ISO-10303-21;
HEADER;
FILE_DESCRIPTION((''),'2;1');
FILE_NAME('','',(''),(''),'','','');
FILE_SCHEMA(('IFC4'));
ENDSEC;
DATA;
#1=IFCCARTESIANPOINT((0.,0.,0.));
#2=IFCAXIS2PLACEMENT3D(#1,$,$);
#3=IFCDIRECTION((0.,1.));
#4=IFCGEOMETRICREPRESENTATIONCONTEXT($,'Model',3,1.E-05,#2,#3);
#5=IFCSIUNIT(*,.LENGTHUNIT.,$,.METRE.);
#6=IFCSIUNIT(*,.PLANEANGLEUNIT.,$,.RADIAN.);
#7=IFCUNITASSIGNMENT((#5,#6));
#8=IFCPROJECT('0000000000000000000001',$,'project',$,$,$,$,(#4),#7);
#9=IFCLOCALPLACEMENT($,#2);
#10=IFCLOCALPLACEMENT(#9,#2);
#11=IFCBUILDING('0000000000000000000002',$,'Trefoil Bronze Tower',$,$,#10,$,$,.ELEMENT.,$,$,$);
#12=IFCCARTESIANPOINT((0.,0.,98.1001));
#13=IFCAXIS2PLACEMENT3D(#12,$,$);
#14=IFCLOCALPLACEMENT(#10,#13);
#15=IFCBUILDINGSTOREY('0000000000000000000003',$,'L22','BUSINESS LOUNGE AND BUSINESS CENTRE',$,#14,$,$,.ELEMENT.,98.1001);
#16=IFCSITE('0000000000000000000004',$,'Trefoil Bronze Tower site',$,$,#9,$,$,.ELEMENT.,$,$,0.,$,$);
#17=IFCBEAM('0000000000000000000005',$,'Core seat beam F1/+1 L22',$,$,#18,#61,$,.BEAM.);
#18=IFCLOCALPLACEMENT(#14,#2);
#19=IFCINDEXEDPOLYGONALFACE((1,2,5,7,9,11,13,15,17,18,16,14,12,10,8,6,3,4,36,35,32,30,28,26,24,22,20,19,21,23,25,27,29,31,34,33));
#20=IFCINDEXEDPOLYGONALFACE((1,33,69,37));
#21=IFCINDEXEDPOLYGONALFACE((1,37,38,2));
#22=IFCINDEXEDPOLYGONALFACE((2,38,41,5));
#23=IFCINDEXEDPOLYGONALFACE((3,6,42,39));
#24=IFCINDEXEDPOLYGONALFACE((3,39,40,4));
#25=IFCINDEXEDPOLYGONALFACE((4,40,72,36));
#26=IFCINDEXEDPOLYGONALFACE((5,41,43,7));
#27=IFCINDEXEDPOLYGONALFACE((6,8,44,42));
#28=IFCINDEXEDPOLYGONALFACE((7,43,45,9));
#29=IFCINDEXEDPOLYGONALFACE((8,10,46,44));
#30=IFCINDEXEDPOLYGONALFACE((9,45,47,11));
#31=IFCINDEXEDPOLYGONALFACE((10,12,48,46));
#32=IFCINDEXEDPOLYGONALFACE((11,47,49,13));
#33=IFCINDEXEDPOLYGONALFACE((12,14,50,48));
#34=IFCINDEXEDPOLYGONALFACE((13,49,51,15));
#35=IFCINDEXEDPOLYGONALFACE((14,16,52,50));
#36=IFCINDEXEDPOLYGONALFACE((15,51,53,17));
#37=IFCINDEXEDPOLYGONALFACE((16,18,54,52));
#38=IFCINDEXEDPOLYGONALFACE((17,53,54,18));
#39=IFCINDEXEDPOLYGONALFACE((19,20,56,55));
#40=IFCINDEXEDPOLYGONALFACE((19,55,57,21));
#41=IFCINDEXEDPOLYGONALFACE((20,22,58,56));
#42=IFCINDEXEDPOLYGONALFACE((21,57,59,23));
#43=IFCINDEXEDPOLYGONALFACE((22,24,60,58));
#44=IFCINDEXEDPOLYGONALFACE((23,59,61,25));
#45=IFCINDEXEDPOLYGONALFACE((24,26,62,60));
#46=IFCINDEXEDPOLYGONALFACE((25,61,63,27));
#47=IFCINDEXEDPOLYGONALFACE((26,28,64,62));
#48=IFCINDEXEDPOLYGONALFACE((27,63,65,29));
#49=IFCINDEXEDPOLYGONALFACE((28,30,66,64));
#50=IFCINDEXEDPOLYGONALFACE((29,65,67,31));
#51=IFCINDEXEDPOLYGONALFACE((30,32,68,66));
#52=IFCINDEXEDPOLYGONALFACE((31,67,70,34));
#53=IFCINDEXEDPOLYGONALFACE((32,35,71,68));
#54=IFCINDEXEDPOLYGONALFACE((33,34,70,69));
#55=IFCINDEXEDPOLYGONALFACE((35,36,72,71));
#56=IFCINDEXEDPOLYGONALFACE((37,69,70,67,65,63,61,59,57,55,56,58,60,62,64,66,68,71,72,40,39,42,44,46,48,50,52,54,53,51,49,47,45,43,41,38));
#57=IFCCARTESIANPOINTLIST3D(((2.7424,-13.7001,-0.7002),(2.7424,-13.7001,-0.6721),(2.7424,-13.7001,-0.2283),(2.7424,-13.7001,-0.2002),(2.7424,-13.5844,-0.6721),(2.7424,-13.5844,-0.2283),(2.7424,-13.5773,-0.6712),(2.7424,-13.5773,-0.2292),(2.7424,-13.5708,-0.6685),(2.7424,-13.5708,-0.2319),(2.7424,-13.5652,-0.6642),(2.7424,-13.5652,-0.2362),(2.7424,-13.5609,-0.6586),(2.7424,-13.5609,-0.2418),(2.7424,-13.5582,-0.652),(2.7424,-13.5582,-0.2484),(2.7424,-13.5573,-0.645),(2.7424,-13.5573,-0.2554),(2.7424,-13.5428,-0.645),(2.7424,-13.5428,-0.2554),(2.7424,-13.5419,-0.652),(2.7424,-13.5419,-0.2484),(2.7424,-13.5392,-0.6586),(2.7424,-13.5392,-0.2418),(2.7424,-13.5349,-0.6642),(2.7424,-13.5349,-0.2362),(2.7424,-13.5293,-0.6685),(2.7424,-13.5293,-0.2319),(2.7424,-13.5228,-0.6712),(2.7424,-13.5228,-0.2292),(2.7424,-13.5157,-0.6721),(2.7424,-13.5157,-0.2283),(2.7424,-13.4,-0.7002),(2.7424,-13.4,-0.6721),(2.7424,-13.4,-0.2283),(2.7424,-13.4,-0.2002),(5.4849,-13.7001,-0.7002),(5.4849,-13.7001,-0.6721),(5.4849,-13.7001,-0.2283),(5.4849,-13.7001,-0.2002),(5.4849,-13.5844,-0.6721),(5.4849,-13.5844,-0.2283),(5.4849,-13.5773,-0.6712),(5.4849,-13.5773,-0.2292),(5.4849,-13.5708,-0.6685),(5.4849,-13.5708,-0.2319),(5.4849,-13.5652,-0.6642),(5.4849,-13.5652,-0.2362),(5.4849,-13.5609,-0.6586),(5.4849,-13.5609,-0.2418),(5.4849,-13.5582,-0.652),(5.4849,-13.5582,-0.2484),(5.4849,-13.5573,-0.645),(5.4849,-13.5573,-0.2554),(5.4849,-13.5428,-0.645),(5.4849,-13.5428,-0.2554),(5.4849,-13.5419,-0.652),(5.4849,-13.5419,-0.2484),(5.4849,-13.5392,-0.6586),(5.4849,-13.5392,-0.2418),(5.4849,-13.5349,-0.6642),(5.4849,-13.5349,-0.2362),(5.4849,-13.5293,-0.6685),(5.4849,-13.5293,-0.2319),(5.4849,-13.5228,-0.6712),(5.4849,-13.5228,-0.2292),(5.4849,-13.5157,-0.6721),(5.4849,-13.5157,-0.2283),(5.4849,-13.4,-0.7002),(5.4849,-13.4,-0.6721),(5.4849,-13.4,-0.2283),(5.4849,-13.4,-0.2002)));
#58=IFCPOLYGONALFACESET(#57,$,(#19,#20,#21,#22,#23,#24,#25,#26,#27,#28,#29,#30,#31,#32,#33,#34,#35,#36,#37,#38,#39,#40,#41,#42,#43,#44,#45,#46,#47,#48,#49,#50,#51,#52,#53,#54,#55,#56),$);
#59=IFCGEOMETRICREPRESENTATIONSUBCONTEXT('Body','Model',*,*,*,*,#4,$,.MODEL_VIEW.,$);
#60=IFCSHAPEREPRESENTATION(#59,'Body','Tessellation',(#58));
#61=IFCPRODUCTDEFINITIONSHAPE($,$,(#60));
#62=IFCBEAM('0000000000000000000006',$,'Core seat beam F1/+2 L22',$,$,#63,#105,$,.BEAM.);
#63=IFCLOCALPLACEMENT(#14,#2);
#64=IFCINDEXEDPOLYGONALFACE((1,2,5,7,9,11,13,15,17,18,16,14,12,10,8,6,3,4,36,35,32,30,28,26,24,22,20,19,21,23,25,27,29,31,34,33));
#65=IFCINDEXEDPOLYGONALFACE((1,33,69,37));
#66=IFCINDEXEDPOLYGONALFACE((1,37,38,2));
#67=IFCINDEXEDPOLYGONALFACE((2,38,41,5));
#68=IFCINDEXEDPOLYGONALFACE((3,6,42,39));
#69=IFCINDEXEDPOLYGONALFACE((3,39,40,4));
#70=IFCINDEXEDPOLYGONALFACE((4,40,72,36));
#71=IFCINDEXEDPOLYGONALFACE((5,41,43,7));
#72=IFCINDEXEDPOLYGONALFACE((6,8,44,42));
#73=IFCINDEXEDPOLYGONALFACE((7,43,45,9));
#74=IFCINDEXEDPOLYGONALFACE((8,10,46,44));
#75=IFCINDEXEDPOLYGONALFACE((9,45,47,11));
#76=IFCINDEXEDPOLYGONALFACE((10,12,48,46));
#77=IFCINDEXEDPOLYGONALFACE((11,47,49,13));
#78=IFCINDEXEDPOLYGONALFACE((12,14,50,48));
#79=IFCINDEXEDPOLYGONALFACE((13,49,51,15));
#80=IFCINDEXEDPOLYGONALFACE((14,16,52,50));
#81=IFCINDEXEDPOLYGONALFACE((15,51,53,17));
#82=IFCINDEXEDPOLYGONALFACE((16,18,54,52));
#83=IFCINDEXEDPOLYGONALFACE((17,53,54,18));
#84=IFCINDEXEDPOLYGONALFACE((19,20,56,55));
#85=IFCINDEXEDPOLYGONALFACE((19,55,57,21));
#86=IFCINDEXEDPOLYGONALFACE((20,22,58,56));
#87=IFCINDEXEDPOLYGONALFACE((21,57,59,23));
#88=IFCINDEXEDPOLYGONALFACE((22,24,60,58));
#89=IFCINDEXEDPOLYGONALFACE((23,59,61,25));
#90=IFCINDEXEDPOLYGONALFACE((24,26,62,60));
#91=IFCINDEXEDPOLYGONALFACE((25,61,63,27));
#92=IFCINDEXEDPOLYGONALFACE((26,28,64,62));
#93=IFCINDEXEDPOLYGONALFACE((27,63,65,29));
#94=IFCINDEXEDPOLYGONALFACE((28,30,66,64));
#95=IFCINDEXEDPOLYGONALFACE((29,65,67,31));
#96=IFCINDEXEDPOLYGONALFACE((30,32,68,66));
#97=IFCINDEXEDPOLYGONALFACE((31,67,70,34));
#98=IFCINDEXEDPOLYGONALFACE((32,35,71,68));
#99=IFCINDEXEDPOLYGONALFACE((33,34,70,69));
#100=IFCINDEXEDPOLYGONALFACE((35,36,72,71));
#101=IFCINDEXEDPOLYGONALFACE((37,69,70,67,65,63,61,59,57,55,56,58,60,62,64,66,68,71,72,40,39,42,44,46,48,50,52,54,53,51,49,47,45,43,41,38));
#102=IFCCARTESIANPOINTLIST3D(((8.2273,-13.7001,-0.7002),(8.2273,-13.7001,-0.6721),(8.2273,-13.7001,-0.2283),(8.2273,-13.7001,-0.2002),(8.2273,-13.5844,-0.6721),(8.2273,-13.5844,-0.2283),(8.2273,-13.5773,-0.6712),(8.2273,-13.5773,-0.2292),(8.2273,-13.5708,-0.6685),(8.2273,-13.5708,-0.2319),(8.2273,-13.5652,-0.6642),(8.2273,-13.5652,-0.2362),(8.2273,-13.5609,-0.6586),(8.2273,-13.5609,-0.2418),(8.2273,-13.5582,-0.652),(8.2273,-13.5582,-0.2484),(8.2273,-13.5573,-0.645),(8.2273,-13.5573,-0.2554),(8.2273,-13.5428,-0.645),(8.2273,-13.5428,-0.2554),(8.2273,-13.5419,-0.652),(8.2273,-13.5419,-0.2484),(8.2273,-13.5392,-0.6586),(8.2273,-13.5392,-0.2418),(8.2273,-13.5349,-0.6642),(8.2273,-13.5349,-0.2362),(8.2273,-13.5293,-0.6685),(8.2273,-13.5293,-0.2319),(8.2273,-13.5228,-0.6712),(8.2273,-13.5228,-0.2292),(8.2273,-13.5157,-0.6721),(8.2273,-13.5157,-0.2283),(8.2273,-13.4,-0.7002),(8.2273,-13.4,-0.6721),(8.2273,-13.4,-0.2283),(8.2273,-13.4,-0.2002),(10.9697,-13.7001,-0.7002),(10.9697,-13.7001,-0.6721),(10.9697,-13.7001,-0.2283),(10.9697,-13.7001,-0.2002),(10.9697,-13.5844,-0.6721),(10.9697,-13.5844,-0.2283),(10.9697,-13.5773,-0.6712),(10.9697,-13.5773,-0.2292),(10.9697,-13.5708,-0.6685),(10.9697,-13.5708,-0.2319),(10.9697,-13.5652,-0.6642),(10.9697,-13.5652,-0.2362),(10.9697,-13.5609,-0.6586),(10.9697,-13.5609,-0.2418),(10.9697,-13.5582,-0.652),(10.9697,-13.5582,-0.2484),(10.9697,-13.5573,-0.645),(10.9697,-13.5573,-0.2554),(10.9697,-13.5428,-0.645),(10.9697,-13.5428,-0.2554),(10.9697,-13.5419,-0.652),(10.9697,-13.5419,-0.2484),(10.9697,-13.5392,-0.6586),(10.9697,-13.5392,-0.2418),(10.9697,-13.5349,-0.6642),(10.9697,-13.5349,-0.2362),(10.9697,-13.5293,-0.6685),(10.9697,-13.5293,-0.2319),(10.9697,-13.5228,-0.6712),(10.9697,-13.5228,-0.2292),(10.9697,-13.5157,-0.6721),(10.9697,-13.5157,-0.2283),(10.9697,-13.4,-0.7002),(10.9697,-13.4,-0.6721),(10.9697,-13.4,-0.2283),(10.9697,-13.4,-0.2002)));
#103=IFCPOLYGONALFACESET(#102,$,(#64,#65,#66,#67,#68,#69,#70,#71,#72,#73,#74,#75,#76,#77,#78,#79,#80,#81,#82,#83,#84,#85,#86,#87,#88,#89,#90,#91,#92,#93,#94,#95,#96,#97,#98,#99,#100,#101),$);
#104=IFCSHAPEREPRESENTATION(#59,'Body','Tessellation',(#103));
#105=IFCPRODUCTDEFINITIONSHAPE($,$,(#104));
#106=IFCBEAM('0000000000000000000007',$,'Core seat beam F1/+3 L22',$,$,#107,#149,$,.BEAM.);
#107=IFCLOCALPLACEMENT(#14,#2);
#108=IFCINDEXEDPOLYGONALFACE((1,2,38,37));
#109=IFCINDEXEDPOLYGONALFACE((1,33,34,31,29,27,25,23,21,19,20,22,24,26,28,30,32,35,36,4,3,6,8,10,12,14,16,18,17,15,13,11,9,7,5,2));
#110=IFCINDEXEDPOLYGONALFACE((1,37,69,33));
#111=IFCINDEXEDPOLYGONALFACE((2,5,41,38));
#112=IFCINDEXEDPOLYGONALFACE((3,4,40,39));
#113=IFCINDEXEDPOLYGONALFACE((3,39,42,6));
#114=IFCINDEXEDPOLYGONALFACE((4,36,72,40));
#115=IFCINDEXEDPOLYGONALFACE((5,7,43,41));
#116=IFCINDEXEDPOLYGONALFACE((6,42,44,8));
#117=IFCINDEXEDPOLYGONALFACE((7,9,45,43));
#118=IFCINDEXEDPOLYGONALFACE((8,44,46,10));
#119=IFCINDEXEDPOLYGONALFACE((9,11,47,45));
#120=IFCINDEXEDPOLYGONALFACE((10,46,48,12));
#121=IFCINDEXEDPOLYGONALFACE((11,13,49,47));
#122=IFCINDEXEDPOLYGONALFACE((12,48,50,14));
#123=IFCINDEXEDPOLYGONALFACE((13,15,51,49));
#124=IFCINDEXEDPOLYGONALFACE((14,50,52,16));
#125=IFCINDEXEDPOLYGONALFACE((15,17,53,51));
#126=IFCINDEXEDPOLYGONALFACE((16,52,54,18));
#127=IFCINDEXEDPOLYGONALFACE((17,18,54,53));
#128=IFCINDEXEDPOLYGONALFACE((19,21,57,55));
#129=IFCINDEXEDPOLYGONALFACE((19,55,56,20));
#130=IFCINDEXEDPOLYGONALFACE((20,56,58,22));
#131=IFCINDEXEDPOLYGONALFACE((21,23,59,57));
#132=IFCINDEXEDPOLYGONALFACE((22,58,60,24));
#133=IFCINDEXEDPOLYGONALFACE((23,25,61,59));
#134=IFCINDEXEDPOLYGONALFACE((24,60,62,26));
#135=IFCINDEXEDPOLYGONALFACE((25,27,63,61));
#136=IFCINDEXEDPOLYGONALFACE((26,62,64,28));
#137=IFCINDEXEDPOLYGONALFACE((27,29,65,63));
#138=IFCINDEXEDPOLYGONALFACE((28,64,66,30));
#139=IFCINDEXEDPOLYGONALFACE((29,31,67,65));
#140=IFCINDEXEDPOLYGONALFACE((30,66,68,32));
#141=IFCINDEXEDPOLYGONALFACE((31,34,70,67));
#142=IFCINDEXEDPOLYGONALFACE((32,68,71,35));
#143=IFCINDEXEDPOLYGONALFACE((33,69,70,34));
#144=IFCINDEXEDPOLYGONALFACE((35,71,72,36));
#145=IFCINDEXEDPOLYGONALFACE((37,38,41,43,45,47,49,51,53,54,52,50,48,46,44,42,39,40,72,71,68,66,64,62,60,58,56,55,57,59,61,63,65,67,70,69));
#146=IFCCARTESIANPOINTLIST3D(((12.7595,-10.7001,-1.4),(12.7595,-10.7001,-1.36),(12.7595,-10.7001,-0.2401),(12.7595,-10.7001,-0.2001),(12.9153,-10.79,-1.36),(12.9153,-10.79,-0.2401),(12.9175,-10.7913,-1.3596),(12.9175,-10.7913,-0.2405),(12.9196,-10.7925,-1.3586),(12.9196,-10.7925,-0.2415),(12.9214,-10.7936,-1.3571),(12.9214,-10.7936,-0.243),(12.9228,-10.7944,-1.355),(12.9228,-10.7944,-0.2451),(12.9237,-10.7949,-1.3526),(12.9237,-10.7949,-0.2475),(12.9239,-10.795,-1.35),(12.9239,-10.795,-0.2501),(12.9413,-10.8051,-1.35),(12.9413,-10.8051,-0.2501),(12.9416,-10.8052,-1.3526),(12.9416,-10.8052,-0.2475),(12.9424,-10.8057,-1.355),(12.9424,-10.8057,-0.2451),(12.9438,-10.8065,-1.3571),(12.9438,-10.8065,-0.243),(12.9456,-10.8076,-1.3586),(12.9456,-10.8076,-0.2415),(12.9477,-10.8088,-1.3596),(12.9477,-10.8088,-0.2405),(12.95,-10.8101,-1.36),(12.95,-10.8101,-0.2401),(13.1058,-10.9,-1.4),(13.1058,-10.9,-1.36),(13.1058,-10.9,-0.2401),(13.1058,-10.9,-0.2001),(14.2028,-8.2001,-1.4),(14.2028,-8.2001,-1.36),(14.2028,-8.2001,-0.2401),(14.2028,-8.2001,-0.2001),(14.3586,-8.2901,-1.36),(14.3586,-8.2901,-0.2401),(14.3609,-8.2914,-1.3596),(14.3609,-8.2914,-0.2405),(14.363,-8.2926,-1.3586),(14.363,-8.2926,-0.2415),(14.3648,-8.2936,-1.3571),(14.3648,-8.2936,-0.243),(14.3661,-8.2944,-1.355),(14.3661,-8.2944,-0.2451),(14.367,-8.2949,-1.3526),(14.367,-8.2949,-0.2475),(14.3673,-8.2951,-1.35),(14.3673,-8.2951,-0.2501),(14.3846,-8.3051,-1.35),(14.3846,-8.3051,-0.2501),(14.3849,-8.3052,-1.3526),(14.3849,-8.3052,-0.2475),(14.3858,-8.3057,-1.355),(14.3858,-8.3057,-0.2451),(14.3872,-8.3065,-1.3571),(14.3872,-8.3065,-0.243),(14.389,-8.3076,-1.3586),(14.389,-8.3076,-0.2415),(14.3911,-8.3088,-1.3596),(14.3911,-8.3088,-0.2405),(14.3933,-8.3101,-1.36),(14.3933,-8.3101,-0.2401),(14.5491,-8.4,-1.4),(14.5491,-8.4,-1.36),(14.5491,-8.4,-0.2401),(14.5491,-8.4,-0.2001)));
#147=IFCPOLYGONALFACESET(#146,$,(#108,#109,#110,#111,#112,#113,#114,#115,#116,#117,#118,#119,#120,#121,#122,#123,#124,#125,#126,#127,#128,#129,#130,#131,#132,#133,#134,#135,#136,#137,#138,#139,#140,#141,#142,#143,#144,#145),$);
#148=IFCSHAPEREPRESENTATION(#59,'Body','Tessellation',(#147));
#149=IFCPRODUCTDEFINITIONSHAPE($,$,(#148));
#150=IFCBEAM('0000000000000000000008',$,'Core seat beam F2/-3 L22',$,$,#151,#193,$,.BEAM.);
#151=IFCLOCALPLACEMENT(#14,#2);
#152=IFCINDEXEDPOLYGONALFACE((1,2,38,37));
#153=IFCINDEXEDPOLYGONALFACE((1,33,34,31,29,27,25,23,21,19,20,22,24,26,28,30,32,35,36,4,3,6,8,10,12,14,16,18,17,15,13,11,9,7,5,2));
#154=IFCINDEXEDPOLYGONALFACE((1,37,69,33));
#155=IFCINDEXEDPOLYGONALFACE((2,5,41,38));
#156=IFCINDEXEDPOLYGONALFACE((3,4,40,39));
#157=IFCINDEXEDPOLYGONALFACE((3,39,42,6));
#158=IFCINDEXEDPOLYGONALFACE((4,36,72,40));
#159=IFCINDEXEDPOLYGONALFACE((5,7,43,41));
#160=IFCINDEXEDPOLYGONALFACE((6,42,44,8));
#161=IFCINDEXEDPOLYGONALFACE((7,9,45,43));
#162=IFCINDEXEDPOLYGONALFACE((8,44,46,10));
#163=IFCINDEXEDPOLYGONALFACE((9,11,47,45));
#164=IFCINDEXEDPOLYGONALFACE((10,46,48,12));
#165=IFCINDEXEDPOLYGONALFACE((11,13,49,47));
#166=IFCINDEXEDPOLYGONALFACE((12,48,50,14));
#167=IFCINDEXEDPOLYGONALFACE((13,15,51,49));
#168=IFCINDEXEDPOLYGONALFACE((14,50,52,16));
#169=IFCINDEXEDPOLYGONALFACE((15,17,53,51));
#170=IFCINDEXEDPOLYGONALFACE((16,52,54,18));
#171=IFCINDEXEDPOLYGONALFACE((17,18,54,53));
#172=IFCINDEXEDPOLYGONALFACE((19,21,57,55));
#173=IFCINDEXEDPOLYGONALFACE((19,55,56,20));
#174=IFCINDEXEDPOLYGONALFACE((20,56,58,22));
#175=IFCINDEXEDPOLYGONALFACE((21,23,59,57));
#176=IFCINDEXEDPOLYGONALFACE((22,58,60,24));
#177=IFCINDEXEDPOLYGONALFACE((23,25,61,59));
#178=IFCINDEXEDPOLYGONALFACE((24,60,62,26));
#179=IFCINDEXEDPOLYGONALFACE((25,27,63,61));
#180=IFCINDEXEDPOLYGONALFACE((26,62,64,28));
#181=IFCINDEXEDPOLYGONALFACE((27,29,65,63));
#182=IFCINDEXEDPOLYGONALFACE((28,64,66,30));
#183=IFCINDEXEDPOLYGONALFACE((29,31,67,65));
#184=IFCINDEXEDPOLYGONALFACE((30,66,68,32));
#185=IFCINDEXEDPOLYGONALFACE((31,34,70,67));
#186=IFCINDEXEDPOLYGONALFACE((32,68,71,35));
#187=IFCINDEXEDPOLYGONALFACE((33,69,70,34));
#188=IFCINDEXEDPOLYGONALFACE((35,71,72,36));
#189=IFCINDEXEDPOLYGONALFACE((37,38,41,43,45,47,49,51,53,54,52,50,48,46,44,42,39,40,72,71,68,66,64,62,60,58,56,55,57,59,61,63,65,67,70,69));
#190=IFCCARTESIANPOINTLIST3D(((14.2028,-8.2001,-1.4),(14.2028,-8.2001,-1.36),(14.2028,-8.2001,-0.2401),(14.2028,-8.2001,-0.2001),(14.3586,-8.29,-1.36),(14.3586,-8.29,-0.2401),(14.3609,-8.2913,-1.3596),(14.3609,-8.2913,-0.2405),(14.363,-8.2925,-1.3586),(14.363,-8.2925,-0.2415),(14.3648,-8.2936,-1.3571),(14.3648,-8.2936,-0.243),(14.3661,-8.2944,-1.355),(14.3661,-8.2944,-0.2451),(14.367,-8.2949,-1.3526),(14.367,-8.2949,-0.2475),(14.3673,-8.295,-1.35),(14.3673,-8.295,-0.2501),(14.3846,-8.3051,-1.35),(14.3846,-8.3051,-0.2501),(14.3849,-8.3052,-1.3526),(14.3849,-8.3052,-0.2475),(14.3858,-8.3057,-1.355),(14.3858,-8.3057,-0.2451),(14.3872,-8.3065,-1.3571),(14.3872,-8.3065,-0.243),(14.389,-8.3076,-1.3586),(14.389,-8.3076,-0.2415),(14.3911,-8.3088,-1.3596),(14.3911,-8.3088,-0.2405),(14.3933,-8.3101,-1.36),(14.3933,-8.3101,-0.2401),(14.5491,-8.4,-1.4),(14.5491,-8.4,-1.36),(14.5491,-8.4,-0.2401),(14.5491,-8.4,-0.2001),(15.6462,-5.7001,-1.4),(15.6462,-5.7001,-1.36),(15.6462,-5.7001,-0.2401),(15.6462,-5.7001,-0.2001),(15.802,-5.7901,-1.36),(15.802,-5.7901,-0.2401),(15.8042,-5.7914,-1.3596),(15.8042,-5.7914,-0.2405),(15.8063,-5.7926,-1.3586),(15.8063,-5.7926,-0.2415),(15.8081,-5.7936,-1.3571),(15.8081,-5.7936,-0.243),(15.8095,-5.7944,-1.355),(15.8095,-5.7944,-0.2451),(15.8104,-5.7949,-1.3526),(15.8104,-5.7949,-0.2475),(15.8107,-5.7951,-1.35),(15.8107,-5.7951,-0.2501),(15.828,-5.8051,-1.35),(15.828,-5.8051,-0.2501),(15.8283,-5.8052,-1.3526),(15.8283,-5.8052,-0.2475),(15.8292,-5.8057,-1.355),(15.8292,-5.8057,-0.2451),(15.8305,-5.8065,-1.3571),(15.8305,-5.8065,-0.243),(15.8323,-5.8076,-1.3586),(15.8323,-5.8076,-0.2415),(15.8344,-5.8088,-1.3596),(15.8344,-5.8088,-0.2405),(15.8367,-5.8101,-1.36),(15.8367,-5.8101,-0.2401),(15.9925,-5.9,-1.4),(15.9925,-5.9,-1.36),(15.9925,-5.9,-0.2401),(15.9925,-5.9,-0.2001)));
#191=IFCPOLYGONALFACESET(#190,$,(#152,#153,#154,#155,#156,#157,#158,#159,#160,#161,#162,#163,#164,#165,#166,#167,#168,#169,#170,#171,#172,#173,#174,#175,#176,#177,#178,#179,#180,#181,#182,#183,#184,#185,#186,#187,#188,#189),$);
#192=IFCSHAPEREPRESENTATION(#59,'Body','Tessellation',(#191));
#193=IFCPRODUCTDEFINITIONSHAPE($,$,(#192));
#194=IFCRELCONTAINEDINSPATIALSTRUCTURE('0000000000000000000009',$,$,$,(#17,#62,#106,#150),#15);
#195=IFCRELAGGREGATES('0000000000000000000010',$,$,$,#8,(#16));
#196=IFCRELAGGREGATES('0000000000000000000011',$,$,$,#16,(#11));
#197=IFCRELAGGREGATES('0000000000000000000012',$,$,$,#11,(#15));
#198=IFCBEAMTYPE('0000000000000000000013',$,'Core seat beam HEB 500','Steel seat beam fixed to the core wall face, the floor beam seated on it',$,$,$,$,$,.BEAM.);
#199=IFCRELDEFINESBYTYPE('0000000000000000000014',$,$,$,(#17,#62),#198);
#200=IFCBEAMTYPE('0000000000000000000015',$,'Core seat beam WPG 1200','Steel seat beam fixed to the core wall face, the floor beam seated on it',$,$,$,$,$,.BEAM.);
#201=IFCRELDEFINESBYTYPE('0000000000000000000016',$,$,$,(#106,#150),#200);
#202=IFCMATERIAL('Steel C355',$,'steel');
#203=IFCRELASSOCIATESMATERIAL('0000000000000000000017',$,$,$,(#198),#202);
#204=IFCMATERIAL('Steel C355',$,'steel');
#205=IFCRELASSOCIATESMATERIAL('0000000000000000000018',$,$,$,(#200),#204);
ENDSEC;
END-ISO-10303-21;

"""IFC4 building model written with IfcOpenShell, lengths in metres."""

from ifc_helpers import new_model, si_unit, direction, frame, origin, origin_2d, place, context, subcontext, project, spatial, i_section, extrude, material, material_profile, profile_set, type_object, element, save


model = new_model("IFC4")

# Units and contexts
model_context = context("Model", 3, precision=1e-05, world=origin(), true_north=direction((0.0, 1.0)))
body_context = subcontext(model_context, "Body", "Model", "MODEL_VIEW")
ifc_project = project(units=[si_unit("LENGTHUNIT", "METRE"), si_unit("PLANEANGLEUNIT", "RADIAN")], contexts=[model_context])

# Site, building, storey
site_placement = place(None, origin())
site = spatial("IfcSite", under=ifc_project, at=site_placement, Name="Trefoil Bronze Tower site", CompositionType="ELEMENT", RefElevation=0.0)
building_placement = place(site_placement, origin())
building = spatial("IfcBuilding", under=site, at=building_placement, Name="Trefoil Bronze Tower", CompositionType="ELEMENT")
storey_placement = place(building_placement, frame((0.0, 0.0, 98.1001)))
storey = spatial("IfcBuildingStorey", under=building, at=storey_placement, Name="L22", Description="BUSINESS LOUNGE AND BUSINESS CENTRE", CompositionType="ELEMENT", Elevation=98.1001)

# Beams
ifc_material_1 = material(Name="Steel C355", Category="steel")
ifc_material_profile_1 = material_profile(ifc_material_1, i_section(OverallWidth=0.3, OverallDepth=0.5, WebThickness=0.0144, FlangeThickness=0.0281, FilletRadius=0.0271, at=origin_2d()), Name="HEB 500")
ifc_profile_set_1 = profile_set([ifc_material_profile_1], Name="Steel C355")
beam_type_1 = type_object("IfcBeamType", Name="Core seat beam HEB 500", Description="Steel seat beam fixed to the core wall face, the floor beam seated on it", PredefinedType="BEAM", material=ifc_profile_set_1)
for number, where, z_axis, x_axis, name in (
    (1, (2.7424, -13.55, -0.4502), (1.0, 0.0, 0.0), (0.0, 1.0, 0.0), "Core seat beam F1/+1 L22"),
    (2, (8.2273, -13.55, -0.4502), (1.0, 0.0, 0.0), (0.0, 1.0, 0.0), "Core seat beam F1/+2 L22"),
):
    element("IfcBeam", number, at=place(storey_placement, frame(where, z_axis=z_axis, x_axis=x_axis)), inside=storey, type_object=beam_type_1, Name=name, PredefinedType="BEAM", context=body_context, shape_type="SweptSolid", body=[
        extrude(i_section(OverallWidth=0.3, OverallDepth=0.5, WebThickness=0.0144, FlangeThickness=0.0281, FilletRadius=0.0271, at=origin_2d()), origin(), (0.0, 0.0, 1.0), 2.7424),
    ])
ifc_material_2 = material(Name="Steel C355", Category="steel")
ifc_material_profile_2 = material_profile(ifc_material_2, i_section(OverallWidth=0.3999, OverallDepth=1.2, WebThickness=0.02, FlangeThickness=0.04, FilletRadius=0.01, at=origin_2d()), Name="WPG 1200")
ifc_profile_set_2 = profile_set([ifc_material_profile_2], Name="Steel C355")
beam_type_2 = type_object("IfcBeamType", Name="Core seat beam WPG 1200", Description="Steel seat beam fixed to the core wall face, the floor beam seated on it", PredefinedType="BEAM", material=ifc_profile_set_2)
for number, where, z_axis, x_axis, name in (
    (3, (12.9326, -10.8, -0.8), (0.499996, 0.866028, 0.0), (-0.866028, 0.499996, 0.0), "Core seat beam F1/+3 L22"),
    (4, (14.376, -8.3, -0.8), (0.499996, 0.866028, 0.0), (-0.866028, 0.499996, 0.0), "Core seat beam F2/-3 L22"),
):
    element("IfcBeam", number, at=place(storey_placement, frame(where, z_axis=z_axis, x_axis=x_axis)), inside=storey, type_object=beam_type_2, Name=name, PredefinedType="BEAM", context=body_context, shape_type="SweptSolid", body=[
        extrude(i_section(OverallWidth=0.3999, OverallDepth=1.2, WebThickness=0.02, FlangeThickness=0.04, FilletRadius=0.01, at=origin_2d()), origin(), (0.0, 0.0, 1.0), 2.8867),
    ])

save(model, "model.ifc")
